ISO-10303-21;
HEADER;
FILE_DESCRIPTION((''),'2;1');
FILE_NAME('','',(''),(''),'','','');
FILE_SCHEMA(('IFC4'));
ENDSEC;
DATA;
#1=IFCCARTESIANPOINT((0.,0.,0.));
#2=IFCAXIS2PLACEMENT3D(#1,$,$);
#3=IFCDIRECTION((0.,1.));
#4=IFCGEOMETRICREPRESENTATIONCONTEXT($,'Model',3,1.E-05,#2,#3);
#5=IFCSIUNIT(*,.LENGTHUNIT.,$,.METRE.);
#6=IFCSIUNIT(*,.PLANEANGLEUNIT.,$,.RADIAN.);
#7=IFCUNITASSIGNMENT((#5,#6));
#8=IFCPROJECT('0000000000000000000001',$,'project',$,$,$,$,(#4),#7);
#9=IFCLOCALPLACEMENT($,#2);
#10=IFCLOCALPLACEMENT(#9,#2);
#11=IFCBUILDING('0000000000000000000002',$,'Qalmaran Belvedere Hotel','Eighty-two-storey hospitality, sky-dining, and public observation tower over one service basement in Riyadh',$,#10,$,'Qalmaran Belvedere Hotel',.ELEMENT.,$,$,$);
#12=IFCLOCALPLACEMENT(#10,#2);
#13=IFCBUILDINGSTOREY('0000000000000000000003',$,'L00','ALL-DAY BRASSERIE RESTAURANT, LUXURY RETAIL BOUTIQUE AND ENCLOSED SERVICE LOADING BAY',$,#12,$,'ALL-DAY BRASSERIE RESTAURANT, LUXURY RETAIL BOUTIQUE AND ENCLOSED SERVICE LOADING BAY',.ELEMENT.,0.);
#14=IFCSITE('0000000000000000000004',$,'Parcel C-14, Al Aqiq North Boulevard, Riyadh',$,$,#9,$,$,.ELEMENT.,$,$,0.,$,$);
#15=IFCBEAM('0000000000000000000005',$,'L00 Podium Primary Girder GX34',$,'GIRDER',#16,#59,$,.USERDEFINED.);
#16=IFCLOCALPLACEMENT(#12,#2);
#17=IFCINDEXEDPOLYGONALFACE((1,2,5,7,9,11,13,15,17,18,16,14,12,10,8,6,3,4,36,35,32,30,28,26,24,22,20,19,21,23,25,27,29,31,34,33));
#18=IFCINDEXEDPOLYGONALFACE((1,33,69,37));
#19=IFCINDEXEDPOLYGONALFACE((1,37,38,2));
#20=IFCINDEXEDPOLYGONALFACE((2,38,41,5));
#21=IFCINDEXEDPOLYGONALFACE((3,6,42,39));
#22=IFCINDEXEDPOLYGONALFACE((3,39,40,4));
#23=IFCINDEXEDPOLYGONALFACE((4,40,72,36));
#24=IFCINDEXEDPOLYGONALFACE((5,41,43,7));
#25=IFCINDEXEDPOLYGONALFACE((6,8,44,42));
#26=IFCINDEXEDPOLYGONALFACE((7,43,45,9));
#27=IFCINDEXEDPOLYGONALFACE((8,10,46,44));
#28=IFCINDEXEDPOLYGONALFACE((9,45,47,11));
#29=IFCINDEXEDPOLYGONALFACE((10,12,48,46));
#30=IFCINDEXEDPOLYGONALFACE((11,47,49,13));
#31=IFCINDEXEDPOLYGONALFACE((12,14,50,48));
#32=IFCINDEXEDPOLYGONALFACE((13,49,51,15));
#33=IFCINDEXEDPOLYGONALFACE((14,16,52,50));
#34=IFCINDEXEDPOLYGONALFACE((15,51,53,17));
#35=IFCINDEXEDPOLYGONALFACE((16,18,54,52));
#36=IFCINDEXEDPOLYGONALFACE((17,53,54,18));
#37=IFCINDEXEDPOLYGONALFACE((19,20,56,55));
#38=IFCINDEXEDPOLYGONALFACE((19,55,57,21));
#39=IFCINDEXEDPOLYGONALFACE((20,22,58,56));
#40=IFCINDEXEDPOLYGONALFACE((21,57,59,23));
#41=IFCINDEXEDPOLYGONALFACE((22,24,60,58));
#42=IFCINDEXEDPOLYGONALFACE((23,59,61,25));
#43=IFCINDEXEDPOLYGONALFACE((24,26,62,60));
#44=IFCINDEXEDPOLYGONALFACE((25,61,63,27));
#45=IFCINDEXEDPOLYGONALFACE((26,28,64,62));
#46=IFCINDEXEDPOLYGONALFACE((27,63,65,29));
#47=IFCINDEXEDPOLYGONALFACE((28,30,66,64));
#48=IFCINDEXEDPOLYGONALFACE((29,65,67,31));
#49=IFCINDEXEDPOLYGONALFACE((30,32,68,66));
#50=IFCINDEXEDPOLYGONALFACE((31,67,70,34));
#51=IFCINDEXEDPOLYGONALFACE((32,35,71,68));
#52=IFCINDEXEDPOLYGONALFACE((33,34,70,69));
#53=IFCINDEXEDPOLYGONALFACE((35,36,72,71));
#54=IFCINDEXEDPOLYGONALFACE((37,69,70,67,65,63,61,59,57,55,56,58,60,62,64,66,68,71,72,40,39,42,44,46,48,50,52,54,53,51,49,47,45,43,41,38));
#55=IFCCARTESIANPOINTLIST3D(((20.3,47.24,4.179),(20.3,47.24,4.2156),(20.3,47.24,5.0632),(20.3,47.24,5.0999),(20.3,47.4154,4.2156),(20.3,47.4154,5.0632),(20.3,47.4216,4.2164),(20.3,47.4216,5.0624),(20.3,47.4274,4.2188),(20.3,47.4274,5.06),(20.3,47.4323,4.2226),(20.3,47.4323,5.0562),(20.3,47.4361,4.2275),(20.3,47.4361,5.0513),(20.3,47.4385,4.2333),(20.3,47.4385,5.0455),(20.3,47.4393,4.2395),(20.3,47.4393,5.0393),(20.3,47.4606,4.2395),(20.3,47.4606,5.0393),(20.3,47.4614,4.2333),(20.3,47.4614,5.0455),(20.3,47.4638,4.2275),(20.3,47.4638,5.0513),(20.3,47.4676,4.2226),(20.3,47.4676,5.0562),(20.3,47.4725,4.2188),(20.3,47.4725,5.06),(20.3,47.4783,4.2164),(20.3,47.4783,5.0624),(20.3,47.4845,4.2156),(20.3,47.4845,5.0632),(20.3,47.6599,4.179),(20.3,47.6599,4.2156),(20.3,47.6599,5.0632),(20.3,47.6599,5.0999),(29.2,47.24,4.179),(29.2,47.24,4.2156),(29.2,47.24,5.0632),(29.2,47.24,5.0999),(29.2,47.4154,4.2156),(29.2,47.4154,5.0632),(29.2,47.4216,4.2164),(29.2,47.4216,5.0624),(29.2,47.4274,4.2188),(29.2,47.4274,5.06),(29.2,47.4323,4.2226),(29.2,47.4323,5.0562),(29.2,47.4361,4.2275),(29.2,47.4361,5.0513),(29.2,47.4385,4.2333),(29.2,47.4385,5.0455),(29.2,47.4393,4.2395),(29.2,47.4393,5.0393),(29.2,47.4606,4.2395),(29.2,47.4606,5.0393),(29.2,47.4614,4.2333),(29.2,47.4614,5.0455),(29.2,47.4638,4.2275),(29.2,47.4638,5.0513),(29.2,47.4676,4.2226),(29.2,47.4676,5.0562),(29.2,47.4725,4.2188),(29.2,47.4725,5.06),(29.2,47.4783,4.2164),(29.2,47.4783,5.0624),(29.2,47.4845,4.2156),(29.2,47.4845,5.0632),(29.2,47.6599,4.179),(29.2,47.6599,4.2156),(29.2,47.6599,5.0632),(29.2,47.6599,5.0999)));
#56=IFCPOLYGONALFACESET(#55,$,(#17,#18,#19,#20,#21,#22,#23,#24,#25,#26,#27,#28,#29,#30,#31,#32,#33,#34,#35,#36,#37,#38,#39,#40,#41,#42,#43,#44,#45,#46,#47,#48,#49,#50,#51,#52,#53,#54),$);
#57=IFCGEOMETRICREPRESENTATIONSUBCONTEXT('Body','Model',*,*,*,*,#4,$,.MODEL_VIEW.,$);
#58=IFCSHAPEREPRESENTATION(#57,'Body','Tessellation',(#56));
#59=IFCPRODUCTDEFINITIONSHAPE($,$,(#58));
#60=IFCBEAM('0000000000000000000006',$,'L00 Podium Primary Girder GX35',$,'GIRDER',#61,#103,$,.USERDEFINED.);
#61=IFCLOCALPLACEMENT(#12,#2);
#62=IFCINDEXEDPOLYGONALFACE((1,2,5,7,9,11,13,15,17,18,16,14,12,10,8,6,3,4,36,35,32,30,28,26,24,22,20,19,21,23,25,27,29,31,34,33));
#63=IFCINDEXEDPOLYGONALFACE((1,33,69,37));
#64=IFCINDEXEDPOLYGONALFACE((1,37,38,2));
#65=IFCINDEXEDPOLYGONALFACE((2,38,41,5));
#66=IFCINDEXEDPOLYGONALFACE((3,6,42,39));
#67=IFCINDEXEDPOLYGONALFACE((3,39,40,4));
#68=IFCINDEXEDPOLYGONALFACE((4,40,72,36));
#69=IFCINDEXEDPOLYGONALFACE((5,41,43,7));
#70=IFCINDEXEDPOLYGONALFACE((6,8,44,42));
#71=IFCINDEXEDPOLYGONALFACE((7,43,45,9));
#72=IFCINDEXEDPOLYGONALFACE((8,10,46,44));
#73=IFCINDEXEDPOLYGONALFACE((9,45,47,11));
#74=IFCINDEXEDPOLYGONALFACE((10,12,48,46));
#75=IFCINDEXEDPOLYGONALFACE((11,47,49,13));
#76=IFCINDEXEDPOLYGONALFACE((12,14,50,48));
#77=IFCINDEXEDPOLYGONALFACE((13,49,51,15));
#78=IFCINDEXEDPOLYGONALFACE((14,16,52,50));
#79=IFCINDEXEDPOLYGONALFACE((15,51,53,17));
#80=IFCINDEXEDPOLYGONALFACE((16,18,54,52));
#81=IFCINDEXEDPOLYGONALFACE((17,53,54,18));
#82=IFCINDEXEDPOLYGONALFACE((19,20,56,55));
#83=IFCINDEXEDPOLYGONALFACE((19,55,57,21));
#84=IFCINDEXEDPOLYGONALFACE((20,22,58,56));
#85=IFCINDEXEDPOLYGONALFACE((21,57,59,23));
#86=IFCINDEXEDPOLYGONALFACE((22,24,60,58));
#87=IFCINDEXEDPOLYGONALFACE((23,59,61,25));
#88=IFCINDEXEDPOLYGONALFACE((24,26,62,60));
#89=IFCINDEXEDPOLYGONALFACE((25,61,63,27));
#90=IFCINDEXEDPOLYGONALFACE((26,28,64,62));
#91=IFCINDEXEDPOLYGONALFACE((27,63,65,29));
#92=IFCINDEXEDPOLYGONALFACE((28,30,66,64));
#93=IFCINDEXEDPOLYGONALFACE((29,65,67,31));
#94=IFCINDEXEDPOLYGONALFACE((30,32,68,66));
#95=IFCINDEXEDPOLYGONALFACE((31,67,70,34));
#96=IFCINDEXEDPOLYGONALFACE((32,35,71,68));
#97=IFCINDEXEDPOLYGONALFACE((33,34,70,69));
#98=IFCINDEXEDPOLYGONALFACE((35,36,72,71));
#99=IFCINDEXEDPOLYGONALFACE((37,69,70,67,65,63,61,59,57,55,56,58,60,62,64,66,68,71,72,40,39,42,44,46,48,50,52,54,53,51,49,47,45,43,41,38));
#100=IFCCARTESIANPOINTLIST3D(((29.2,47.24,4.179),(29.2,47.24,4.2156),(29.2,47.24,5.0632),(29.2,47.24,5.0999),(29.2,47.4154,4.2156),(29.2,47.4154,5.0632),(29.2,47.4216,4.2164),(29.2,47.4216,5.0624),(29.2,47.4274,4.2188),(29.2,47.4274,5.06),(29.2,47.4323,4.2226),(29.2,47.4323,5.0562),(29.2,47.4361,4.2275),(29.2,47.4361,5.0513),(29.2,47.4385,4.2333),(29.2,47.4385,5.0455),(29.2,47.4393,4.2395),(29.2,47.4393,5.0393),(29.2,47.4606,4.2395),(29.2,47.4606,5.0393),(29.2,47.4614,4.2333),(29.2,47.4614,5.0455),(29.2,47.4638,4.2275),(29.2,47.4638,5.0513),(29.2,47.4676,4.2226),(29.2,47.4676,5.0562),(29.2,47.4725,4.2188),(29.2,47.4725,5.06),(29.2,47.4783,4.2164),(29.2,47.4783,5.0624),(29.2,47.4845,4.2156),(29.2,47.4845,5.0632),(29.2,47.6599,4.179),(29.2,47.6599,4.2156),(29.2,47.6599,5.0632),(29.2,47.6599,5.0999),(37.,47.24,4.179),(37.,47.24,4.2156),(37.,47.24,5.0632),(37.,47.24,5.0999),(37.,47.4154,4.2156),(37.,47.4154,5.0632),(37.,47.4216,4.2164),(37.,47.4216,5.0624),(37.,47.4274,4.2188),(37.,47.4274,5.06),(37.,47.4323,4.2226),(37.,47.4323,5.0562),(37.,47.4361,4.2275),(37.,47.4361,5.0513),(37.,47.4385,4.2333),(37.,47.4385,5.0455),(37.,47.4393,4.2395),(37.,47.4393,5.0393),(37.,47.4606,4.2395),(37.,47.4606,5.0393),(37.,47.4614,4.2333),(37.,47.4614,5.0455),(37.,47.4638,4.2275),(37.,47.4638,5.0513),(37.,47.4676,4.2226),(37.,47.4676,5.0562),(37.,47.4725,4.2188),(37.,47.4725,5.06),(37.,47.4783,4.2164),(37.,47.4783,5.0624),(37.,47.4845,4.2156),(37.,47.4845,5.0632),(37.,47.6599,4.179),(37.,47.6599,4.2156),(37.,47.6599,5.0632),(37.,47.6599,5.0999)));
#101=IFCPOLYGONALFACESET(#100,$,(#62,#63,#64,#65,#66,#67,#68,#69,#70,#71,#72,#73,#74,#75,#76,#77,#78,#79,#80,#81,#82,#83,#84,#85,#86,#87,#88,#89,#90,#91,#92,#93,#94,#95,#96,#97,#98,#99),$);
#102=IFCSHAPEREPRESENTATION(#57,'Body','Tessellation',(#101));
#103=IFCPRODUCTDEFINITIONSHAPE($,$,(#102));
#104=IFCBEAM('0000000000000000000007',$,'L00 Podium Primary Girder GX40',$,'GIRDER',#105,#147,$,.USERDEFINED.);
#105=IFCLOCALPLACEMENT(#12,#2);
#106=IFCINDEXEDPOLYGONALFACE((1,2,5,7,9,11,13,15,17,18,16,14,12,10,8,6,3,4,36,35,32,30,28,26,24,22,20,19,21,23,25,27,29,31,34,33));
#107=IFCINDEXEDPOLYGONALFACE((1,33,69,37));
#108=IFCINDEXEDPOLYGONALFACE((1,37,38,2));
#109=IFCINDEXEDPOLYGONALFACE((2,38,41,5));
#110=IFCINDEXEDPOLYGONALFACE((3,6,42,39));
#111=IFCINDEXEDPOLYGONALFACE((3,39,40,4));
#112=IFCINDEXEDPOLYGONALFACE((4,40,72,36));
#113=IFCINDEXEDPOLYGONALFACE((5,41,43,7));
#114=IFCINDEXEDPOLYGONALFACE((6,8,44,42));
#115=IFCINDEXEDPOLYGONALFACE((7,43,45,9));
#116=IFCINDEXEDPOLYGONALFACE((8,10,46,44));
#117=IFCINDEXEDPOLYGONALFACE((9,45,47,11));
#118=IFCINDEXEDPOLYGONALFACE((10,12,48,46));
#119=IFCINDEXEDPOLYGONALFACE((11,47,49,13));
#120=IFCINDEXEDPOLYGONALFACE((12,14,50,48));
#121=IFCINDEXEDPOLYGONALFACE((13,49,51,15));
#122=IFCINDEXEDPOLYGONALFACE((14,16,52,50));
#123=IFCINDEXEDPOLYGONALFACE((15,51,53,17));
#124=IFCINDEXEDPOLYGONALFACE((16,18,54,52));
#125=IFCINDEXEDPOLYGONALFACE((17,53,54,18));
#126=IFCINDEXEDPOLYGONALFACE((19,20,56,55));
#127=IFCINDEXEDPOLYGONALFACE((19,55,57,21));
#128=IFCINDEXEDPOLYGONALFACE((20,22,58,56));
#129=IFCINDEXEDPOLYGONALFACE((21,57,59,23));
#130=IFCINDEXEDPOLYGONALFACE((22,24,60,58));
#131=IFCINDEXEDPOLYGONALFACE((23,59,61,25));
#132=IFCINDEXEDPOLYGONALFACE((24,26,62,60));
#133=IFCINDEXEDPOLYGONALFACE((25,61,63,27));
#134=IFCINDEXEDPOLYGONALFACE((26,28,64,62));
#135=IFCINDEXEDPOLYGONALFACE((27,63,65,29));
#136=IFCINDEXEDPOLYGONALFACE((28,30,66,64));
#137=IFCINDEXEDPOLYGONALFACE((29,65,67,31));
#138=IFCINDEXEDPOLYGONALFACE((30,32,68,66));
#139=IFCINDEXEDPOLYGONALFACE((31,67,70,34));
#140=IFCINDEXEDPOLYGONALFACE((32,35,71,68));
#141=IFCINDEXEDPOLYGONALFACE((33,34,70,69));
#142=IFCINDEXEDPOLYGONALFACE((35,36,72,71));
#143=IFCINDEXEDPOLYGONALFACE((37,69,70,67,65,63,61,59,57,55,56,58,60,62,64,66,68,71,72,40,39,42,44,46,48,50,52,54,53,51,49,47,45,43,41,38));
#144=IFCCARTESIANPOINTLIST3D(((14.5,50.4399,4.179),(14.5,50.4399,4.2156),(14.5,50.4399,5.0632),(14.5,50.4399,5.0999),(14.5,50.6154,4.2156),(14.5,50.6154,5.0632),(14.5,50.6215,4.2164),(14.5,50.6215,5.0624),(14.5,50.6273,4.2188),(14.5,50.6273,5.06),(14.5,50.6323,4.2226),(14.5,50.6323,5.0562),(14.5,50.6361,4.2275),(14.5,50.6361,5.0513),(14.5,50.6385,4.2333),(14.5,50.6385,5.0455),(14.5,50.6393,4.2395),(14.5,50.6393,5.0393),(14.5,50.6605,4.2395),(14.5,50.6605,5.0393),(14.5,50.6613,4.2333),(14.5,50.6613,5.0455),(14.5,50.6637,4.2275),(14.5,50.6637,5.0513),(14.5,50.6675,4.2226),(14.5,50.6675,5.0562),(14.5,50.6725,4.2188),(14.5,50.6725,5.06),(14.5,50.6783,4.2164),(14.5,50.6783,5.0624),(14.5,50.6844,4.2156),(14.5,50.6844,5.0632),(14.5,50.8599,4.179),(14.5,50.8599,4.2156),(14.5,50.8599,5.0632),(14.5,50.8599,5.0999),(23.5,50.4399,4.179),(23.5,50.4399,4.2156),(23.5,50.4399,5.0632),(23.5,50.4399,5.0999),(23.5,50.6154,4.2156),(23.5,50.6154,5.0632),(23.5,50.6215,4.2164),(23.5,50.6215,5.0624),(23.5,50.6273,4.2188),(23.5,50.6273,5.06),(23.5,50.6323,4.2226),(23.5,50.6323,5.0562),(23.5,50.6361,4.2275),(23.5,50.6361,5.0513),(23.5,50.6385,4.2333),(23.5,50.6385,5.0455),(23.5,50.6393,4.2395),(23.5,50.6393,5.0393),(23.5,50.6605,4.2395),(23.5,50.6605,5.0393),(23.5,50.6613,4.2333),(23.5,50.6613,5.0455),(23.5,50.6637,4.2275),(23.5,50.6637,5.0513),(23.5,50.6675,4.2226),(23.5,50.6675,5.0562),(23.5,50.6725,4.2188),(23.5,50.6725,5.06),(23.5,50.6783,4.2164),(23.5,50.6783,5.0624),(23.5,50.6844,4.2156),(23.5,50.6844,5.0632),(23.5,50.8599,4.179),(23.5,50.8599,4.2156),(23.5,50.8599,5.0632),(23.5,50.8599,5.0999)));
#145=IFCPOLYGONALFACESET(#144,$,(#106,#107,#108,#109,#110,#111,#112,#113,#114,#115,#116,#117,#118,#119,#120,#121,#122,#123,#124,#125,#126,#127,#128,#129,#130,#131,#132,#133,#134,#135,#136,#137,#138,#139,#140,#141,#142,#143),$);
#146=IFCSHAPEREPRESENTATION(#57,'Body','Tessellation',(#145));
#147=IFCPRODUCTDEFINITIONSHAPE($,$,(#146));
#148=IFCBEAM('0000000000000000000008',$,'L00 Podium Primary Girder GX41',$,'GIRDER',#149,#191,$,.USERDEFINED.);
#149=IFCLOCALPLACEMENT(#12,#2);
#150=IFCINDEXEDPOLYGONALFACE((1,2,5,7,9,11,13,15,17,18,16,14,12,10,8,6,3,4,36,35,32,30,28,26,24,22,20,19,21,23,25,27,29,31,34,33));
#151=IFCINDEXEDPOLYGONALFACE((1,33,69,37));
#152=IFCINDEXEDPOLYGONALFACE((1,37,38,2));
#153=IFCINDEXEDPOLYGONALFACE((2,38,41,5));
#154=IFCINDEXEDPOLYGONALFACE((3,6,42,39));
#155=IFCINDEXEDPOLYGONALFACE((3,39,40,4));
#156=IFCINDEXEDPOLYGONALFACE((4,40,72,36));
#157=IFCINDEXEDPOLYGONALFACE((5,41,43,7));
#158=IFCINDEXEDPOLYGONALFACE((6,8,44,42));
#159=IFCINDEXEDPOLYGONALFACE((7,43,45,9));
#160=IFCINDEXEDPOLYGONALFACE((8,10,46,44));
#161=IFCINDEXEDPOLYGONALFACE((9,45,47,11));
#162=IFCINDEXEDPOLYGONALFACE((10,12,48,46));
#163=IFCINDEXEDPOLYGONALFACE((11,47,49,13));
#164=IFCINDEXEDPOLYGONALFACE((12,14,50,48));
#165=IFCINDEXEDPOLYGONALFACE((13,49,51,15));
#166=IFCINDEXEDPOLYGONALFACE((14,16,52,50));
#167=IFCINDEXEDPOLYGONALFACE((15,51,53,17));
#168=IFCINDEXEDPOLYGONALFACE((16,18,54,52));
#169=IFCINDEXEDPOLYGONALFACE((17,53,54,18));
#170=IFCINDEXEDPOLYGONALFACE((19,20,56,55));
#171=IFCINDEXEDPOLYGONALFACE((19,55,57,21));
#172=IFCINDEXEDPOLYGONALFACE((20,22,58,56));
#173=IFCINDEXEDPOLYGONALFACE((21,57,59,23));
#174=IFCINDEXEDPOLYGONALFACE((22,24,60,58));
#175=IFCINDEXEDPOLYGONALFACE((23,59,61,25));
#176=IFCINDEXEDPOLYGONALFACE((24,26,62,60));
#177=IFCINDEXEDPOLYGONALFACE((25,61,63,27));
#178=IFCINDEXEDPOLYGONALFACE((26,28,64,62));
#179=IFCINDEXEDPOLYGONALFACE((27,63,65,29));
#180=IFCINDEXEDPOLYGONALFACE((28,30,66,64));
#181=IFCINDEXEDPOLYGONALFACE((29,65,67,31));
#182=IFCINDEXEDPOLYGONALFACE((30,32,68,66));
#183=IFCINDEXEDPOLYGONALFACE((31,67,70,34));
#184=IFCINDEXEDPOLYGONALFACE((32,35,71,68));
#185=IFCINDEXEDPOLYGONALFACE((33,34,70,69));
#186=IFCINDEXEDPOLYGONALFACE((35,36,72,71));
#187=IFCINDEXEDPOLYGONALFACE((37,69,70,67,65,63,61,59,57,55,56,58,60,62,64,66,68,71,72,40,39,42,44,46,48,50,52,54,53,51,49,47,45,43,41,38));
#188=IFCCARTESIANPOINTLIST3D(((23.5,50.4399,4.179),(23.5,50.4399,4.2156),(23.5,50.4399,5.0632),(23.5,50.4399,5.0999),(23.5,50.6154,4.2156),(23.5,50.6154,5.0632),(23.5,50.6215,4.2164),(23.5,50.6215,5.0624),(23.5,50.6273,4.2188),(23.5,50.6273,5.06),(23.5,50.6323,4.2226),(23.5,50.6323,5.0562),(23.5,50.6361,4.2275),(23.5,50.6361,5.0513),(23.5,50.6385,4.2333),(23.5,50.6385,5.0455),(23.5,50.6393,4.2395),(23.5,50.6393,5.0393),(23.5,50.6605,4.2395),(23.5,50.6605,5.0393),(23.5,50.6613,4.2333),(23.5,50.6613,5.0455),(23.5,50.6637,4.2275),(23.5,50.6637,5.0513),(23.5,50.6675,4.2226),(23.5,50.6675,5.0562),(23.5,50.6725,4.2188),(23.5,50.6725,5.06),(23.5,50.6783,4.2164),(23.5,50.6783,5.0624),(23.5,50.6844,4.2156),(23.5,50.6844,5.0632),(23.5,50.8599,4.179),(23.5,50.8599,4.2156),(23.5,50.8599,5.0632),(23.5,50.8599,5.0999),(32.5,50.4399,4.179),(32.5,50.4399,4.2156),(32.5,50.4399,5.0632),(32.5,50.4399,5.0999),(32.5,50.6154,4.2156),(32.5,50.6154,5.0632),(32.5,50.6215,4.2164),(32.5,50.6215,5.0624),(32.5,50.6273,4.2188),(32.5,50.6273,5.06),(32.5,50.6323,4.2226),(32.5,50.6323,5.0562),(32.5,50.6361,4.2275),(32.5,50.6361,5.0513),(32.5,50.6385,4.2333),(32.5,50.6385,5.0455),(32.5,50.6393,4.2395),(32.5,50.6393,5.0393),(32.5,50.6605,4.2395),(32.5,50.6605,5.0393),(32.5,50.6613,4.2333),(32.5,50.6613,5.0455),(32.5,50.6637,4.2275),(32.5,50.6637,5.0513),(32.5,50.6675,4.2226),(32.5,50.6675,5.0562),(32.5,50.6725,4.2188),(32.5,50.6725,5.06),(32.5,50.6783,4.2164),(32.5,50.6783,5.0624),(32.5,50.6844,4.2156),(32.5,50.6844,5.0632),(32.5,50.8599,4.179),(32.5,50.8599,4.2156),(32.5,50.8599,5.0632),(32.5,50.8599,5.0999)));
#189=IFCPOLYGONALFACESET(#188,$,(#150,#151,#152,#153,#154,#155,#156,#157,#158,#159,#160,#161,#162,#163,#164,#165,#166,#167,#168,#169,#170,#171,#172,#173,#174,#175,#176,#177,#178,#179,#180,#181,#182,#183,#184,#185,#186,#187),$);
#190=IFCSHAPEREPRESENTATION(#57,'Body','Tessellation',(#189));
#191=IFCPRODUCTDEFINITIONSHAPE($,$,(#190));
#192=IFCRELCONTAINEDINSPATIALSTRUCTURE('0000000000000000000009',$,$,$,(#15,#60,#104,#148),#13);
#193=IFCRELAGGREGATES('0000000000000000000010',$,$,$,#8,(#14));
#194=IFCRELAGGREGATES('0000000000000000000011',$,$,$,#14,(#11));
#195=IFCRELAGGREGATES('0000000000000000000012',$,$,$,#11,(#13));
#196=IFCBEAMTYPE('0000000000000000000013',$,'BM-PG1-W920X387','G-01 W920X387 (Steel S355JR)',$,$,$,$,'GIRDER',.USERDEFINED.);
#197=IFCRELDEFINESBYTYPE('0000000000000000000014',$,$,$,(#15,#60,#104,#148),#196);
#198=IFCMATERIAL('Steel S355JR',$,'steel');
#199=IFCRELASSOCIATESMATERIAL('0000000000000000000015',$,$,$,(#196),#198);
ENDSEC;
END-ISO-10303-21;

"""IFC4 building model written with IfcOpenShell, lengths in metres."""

from ifc_helpers import new_model, si_unit, direction, frame, origin, origin_2d, place, context, subcontext, project, spatial, i_section, extrude, material, material_profile, profile_set, type_object, element, save


model = new_model("IFC4")

# Units and contexts
model_context = context("Model", 3, precision=1e-05, world=origin(), true_north=direction((0.0, 1.0)))
body_context = subcontext(model_context, "Body", "Model", "MODEL_VIEW")
ifc_project = project(units=[si_unit("LENGTHUNIT", "METRE"), si_unit("PLANEANGLEUNIT", "RADIAN")], contexts=[model_context])

# Site, building, storey
site_placement = place(None, origin())
site = spatial("IfcSite", under=ifc_project, at=site_placement, Name="Parcel C-14, Al Aqiq North Boulevard, Riyadh", CompositionType="ELEMENT", RefElevation=0.0)
building_placement = place(site_placement, origin())
building = spatial("IfcBuilding", under=site, at=building_placement, Name="Qalmaran Belvedere Hotel", Description="Eighty-two-storey hospitality, sky-dining, and public observation tower over one service basement in Riyadh", LongName="Qalmaran Belvedere Hotel", CompositionType="ELEMENT")
storey_placement = place(building_placement, origin())
storey = spatial("IfcBuildingStorey", under=building, at=storey_placement, Name="L00", Description="ALL-DAY BRASSERIE RESTAURANT, LUXURY RETAIL BOUTIQUE AND ENCLOSED SERVICE LOADING BAY", LongName="ALL-DAY BRASSERIE RESTAURANT, LUXURY RETAIL BOUTIQUE AND ENCLOSED SERVICE LOADING BAY", CompositionType="ELEMENT", Elevation=0.0)

# Beams
ifc_material_1 = material(Name="Steel S355JR", Category="steel")
ifc_material_profile_1 = material_profile(ifc_material_1, i_section(OverallWidth=0.4199, OverallDepth=0.9209, WebThickness=0.0212, FlangeThickness=0.0366, FilletRadius=0.0239, at=origin_2d()), Name="W920X387")
ifc_profile_set_1 = profile_set([ifc_material_profile_1], Name="Steel S355JR")
beam_type_1 = type_object("IfcBeamType", Name="BM-PG1-W920X387", Description="G-01 W920X387 (Steel S355JR)", ElementType="GIRDER", PredefinedType="USERDEFINED", material=ifc_profile_set_1)
beam_1_placement = place(storey_placement, frame((20.3, 47.45, 4.6394), z_axis=(1.0, 0.0, 0.0), x_axis=(0.0, 1.0, 0.0)))
element("IfcBeam", 1, at=beam_1_placement, inside=storey, type_object=beam_type_1, Name="L00 Podium Primary Girder GX34", ObjectType="GIRDER", PredefinedType="USERDEFINED", context=body_context, shape_type="SweptSolid", body=[
    extrude(i_section(OverallWidth=0.4199, OverallDepth=0.9209, WebThickness=0.0212, FlangeThickness=0.0366, FilletRadius=0.0239, at=origin_2d()), origin(), (0.0, 0.0, 1.0), 8.8999),
])
beam_2_placement = place(storey_placement, frame((29.2, 47.45, 4.6394), z_axis=(1.0, 0.0, 0.0), x_axis=(0.0, 1.0, 0.0)))
element("IfcBeam", 2, at=beam_2_placement, inside=storey, type_object=beam_type_1, Name="L00 Podium Primary Girder GX35", ObjectType="GIRDER", PredefinedType="USERDEFINED", context=body_context, shape_type="SweptSolid", body=[
    extrude(i_section(OverallWidth=0.4199, OverallDepth=0.9209, WebThickness=0.0212, FlangeThickness=0.0366, FilletRadius=0.0239, at=origin_2d()), origin(), (0.0, 0.0, 1.0), 7.8),
])
for number, where, z_axis, x_axis, name in (
    (3, (14.5, 50.6499, 4.6394), (1.0, 0.0, 0.0), (0.0, 1.0, 0.0), "L00 Podium Primary Girder GX40"),
    (4, (23.5, 50.6499, 4.6394), (1.0, 0.0, 0.0), (0.0, 1.0, 0.0), "L00 Podium Primary Girder GX41"),
):
    element("IfcBeam", number, at=place(storey_placement, frame(where, z_axis=z_axis, x_axis=x_axis)), inside=storey, type_object=beam_type_1, Name=name, ObjectType="GIRDER", PredefinedType="USERDEFINED", context=body_context, shape_type="SweptSolid", body=[
        extrude(i_section(OverallWidth=0.4199, OverallDepth=0.9209, WebThickness=0.0212, FlangeThickness=0.0366, FilletRadius=0.0239, at=origin_2d()), origin(), (0.0, 0.0, 1.0), 9.0),
    ])

save(model, "model.ifc")
